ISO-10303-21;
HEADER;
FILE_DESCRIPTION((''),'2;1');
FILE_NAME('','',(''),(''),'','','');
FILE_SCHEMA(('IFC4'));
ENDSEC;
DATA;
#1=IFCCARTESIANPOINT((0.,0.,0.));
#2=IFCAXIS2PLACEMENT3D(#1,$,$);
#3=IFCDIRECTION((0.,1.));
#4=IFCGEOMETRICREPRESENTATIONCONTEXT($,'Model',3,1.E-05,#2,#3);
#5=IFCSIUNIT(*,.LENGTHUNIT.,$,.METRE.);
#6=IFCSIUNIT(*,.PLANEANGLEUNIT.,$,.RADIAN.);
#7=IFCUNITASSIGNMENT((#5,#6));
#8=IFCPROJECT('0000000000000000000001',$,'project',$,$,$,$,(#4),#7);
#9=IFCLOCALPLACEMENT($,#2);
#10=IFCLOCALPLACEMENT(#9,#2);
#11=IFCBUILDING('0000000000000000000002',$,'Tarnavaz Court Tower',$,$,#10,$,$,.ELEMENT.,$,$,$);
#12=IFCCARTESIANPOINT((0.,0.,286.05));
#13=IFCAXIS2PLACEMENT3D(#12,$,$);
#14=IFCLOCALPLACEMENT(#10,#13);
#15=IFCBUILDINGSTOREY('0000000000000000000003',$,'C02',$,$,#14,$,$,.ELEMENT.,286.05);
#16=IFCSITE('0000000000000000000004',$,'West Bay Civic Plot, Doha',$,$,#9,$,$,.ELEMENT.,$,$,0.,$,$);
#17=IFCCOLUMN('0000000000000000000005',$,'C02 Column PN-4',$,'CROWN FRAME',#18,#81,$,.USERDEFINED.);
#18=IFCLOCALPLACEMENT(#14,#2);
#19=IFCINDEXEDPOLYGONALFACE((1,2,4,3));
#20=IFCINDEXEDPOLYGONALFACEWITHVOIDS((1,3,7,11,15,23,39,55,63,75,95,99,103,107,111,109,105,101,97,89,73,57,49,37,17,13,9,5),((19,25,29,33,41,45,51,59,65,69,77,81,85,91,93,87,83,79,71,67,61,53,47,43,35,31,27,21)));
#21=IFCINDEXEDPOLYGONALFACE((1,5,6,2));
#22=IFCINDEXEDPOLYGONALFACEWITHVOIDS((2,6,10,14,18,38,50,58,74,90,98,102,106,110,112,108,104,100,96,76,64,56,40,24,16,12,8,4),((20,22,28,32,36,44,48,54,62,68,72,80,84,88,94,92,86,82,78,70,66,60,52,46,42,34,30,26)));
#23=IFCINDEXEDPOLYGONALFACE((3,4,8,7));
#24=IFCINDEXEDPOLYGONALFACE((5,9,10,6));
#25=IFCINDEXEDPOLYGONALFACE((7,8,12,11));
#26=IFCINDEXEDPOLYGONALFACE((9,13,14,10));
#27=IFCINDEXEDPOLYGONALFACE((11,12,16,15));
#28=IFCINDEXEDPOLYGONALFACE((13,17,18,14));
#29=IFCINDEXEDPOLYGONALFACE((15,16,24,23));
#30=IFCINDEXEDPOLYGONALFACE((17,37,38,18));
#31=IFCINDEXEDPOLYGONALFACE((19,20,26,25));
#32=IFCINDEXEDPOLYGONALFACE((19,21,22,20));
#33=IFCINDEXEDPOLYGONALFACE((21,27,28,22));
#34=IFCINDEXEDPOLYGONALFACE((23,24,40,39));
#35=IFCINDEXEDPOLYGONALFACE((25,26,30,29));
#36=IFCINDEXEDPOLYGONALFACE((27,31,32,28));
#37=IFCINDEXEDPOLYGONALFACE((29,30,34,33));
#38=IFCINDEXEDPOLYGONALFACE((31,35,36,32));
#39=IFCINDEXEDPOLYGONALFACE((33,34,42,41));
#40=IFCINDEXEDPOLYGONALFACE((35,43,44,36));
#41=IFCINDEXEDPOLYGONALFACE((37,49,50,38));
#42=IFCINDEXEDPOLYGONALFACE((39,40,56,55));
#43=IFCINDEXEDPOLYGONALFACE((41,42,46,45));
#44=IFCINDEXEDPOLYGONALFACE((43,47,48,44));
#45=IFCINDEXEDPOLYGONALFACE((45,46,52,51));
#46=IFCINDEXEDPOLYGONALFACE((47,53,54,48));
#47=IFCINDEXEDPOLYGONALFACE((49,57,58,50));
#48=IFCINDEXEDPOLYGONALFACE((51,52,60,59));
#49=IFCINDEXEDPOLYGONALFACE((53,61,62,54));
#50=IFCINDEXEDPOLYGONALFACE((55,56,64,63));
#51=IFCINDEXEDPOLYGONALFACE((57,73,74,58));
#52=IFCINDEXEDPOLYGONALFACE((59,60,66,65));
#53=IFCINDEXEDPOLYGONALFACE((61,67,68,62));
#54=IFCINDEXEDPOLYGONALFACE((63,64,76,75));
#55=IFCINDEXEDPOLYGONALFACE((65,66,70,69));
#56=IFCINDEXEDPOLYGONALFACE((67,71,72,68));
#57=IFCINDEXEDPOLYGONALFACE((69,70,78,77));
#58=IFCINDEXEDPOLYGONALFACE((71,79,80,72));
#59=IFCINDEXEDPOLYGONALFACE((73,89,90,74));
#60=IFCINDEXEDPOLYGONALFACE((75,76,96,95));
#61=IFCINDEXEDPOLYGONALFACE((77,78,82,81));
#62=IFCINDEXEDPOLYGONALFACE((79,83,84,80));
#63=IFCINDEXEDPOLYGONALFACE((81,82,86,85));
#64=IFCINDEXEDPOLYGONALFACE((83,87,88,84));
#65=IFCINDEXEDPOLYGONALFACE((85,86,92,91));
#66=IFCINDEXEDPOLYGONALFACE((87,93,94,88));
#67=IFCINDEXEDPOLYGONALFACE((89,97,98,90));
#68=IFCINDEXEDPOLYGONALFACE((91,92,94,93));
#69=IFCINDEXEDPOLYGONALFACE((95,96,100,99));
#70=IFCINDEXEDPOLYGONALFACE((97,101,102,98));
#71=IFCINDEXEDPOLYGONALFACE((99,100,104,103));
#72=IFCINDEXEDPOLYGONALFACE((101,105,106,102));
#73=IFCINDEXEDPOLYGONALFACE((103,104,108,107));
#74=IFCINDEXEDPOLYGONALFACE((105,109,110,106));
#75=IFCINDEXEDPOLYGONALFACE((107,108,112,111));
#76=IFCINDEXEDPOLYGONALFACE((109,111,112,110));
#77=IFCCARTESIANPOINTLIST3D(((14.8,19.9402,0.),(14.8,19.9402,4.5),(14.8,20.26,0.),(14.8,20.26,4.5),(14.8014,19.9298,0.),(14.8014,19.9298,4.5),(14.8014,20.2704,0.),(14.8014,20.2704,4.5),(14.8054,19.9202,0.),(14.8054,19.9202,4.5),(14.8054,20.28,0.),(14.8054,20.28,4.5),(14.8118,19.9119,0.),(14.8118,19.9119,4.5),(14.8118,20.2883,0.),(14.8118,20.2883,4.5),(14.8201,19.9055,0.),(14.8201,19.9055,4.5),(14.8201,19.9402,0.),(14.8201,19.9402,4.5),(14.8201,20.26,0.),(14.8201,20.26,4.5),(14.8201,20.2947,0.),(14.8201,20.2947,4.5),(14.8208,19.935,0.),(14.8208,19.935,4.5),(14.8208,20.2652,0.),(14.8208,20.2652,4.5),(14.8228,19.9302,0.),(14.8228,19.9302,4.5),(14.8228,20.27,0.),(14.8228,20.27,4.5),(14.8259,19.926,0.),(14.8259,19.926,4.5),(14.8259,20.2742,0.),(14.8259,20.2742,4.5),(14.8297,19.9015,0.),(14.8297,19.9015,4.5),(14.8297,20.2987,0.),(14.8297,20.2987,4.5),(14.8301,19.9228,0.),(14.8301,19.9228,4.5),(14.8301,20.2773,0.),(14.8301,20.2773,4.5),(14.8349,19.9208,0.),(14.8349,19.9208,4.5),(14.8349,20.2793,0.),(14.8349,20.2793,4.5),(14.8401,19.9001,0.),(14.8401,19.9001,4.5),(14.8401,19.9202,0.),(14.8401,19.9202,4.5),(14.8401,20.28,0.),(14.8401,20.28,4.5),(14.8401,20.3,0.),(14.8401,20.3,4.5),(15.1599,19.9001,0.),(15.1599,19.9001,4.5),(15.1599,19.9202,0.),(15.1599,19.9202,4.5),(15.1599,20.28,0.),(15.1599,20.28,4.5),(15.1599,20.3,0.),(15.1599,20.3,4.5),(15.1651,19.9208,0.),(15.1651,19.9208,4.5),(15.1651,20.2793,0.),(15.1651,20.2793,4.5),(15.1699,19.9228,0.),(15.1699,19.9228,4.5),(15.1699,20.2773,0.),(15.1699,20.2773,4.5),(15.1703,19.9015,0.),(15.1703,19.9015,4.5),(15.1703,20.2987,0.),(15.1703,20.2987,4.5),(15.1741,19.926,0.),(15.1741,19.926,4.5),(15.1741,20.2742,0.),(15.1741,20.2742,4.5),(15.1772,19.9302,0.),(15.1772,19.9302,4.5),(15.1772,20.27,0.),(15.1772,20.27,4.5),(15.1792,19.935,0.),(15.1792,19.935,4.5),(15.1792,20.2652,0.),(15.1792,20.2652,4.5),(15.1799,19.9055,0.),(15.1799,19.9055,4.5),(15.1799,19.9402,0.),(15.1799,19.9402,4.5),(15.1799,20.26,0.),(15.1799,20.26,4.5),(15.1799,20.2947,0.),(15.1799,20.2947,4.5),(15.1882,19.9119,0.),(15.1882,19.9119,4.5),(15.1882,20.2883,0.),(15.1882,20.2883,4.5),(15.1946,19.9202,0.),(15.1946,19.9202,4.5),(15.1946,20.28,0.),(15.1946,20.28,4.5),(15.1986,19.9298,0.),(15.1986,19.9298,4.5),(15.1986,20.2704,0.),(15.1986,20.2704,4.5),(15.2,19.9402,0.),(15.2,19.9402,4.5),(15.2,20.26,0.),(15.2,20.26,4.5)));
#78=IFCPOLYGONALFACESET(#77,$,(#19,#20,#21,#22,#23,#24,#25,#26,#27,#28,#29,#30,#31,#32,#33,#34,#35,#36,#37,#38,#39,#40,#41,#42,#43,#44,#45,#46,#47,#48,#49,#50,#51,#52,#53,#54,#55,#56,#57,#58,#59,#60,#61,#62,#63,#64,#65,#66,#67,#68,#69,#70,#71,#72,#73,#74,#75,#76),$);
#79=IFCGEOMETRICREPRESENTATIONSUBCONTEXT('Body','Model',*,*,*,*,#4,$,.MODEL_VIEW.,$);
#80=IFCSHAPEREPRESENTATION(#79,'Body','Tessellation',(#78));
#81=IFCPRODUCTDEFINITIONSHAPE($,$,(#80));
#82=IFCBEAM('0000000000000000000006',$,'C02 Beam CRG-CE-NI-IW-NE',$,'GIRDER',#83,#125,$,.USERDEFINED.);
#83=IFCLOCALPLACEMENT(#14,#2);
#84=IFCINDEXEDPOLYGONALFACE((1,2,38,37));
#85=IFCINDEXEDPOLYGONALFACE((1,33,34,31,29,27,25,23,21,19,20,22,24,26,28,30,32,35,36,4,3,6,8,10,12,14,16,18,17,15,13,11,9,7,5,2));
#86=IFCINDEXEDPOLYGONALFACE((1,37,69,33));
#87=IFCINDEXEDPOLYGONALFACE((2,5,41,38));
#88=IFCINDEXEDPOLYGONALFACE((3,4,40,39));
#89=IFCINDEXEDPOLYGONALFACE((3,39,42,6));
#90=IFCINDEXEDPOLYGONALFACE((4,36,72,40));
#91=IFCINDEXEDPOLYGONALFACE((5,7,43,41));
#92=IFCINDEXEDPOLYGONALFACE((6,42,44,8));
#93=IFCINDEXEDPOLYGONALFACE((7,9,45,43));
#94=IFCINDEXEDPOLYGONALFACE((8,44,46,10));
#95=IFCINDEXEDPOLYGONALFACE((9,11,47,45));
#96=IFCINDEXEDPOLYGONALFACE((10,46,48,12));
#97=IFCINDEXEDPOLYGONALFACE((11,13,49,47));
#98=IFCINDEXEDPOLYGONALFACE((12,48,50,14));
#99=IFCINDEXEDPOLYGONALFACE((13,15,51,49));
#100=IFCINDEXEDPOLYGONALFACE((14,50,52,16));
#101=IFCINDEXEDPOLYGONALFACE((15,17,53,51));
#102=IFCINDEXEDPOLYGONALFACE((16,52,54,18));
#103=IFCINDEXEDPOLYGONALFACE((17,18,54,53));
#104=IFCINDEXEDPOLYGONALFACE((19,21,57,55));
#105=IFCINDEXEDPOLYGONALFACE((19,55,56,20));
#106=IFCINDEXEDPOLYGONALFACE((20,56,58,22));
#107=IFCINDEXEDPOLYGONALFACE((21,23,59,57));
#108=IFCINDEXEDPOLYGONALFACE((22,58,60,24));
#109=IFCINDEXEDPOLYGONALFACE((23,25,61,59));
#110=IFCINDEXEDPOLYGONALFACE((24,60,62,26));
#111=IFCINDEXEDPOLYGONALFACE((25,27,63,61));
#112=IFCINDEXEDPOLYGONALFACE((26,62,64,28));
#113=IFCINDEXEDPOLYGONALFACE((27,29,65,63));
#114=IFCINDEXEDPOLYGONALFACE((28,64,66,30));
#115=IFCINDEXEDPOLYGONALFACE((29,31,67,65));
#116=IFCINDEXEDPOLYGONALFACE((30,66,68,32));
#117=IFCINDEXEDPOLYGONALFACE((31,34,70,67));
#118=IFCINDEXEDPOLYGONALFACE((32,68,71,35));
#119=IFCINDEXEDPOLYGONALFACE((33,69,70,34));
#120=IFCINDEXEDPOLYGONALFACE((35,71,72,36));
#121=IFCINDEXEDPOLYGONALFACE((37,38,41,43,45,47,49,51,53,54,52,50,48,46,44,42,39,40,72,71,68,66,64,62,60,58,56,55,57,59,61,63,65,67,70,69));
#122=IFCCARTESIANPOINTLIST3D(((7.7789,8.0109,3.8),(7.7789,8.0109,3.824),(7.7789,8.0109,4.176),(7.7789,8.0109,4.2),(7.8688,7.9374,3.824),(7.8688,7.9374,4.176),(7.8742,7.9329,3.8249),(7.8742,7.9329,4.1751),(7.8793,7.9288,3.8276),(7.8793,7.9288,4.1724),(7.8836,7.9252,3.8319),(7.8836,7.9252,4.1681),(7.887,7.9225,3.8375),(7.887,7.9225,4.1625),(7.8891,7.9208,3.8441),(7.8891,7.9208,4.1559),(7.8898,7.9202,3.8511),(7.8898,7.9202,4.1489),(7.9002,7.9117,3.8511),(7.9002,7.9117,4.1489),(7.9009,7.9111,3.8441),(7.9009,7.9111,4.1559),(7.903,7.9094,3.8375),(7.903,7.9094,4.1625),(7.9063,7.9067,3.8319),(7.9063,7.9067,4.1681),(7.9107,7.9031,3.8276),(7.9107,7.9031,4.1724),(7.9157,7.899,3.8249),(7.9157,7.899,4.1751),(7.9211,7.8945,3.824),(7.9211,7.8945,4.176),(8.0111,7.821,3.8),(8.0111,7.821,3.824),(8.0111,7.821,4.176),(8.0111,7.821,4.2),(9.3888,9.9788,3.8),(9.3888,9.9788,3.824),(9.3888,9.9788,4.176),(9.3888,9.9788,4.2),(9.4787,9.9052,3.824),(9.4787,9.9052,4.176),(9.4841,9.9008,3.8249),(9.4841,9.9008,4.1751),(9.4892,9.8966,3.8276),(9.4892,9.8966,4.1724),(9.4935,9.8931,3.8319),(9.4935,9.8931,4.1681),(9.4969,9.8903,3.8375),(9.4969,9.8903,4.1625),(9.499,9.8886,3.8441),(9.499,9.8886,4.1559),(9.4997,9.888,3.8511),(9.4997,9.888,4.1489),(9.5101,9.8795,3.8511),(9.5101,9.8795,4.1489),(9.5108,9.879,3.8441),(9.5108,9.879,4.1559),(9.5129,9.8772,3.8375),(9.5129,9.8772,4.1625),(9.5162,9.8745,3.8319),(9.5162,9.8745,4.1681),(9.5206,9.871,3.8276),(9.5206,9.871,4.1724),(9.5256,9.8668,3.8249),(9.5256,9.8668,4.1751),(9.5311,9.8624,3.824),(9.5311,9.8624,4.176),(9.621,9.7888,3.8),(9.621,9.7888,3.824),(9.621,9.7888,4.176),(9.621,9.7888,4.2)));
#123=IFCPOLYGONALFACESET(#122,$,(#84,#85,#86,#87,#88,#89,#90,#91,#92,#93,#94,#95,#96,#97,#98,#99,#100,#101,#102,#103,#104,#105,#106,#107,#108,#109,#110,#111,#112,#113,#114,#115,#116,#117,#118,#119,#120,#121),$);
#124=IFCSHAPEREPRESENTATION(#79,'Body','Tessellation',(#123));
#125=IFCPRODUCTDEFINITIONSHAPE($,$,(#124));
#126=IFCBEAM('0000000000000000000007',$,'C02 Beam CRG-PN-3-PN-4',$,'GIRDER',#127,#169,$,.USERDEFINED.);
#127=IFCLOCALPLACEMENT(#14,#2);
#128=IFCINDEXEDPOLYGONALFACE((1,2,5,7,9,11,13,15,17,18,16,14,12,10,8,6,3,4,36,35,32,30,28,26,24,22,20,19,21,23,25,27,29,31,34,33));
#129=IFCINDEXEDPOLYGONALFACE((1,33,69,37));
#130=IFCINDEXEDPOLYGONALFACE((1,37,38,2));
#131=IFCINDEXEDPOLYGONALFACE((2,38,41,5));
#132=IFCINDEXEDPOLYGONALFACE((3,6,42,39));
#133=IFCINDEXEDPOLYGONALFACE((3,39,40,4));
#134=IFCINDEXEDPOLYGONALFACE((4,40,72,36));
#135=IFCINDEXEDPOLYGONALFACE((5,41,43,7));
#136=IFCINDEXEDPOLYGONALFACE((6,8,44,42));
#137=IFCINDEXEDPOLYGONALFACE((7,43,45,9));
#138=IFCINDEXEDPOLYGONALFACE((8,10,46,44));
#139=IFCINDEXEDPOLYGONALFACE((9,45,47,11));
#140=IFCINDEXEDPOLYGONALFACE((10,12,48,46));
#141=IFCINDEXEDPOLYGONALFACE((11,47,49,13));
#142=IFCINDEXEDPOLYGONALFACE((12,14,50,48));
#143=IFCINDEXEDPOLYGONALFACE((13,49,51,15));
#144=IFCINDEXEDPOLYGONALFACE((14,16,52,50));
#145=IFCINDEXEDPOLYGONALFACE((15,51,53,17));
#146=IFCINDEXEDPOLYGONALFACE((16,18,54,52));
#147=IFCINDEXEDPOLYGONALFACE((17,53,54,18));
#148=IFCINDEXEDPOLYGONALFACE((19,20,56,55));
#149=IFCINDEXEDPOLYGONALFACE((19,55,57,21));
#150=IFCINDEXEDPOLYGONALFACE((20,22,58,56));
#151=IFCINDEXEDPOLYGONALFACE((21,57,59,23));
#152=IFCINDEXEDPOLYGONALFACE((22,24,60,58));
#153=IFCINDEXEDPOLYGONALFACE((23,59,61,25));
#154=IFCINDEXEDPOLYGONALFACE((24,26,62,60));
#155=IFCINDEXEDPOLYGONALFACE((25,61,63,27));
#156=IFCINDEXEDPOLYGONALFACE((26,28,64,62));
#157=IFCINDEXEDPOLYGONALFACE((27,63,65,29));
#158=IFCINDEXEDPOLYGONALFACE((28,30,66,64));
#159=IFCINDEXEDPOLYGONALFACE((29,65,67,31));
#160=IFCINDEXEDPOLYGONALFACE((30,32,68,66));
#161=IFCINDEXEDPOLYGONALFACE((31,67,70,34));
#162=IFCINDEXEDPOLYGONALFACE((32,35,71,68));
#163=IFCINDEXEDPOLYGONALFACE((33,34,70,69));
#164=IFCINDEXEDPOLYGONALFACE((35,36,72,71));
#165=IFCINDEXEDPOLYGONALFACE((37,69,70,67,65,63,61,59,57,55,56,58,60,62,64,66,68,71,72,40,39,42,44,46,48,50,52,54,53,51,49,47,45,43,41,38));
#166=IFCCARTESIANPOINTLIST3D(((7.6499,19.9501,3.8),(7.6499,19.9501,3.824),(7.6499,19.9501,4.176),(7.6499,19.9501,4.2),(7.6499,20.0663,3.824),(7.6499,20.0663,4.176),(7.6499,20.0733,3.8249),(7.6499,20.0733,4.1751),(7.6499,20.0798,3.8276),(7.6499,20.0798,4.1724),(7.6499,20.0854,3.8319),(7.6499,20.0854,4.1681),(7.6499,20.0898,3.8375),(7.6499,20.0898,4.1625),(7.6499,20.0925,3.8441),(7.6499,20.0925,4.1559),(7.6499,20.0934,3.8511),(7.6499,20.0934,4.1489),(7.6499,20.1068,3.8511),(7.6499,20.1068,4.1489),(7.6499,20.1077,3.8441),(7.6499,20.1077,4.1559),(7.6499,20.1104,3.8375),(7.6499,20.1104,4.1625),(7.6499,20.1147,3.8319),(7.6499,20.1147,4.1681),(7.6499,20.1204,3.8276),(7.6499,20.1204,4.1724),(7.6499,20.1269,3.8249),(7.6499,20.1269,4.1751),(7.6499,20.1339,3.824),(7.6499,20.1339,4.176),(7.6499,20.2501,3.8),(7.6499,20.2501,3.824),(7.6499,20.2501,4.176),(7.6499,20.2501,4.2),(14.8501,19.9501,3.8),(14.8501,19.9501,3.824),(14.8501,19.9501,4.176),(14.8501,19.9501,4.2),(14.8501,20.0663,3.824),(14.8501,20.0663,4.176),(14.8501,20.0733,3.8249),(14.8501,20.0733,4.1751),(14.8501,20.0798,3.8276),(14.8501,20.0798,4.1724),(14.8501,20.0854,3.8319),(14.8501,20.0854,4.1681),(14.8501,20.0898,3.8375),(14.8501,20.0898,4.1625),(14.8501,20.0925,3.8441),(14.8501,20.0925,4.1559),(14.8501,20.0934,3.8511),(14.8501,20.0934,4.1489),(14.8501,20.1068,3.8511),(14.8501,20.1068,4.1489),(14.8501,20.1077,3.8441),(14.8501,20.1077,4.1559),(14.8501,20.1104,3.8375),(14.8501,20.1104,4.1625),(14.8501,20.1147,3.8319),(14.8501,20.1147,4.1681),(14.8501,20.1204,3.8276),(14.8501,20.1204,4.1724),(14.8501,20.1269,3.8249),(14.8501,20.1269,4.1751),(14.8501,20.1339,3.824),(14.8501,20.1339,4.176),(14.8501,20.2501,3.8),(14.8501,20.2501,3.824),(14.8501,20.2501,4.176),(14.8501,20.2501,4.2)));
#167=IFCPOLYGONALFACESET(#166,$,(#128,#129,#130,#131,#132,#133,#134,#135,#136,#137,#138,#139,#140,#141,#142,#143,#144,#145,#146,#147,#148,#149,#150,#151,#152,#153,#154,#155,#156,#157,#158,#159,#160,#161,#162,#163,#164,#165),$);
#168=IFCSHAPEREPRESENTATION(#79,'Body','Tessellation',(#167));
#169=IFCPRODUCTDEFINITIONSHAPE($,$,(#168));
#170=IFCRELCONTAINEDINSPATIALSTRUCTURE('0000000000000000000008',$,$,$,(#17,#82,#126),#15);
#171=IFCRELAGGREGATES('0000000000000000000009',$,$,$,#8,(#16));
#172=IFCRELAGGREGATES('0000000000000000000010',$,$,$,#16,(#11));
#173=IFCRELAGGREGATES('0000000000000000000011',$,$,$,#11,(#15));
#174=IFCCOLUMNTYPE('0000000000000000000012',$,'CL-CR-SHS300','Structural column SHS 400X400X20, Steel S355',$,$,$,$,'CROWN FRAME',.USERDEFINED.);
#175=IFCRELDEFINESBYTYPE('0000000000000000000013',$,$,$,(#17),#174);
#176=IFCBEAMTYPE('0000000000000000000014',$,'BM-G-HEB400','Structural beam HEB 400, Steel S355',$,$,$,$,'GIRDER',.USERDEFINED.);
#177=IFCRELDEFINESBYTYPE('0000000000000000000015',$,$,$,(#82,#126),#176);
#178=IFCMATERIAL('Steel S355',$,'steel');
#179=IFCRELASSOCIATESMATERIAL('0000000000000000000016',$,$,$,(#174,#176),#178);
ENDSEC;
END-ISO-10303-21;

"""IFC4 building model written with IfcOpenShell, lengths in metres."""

from ifc_helpers import new_model, si_unit, direction, frame, origin, origin_2d, place, context, subcontext, project, spatial, hollow_rectangle, i_section, extrude, material, material_profile, profile_set, type_object, element, save


model = new_model("IFC4")

# Units and contexts
model_context = context("Model", 3, precision=1e-05, world=origin(), true_north=direction((0.0, 1.0)))
body_context = subcontext(model_context, "Body", "Model", "MODEL_VIEW")
ifc_project = project(units=[si_unit("LENGTHUNIT", "METRE"), si_unit("PLANEANGLEUNIT", "RADIAN")], contexts=[model_context])

# Site, building, storey
site_placement = place(None, origin())
site = spatial("IfcSite", under=ifc_project, at=site_placement, Name="West Bay Civic Plot, Doha", CompositionType="ELEMENT", RefElevation=0.0)
building_placement = place(site_placement, origin())
building = spatial("IfcBuilding", under=site, at=building_placement, Name="Tarnavaz Court Tower", CompositionType="ELEMENT")
storey_placement = place(building_placement, frame((0.0, 0.0, 286.05)))
storey = spatial("IfcBuildingStorey", under=building, at=storey_placement, Name="C02", CompositionType="ELEMENT", Elevation=286.05)

# Column
ifc_material_1 = material(Name="Steel S355", Category="steel")
ifc_material_profile_1 = material_profile(ifc_material_1, hollow_rectangle(XDim=0.3999, YDim=0.3999, WallThickness=0.02, InnerFilletRadius=0.02, OuterFilletRadius=0.04, at=origin_2d()), Name="SHS 400X400X20")
ifc_profile_set_1 = profile_set([ifc_material_profile_1], Name="Steel S355")
column_type = type_object("IfcColumnType", Name="CL-CR-SHS300", Description="Structural column SHS 400X400X20, Steel S355", ElementType="CROWN FRAME", PredefinedType="USERDEFINED", material=ifc_profile_set_1)
for number, where, z_axis, x_axis, name in (
    (1, (15.0, 20.1001, 0.0), (0.0, 0.0, 1.0), (1.0, 0.0, 0.0), "C02 Column PN-4"),
):
    element("IfcColumn", number, at=place(storey_placement, frame(where, z_axis=z_axis, x_axis=x_axis)), inside=storey, type_object=column_type, Name=name, ObjectType="CROWN FRAME", PredefinedType="USERDEFINED", context=body_context, shape_type="SweptSolid", body=[
        extrude(hollow_rectangle(XDim=0.3999, YDim=0.3999, WallThickness=0.02, InnerFilletRadius=0.02, OuterFilletRadius=0.04, at=origin_2d()), origin(), (0.0, 0.0, 1.0), 4.5),
    ])

# Beams
ifc_material_profile_2 = material_profile(ifc_material_1, i_section(OverallWidth=0.3, OverallDepth=0.3999, WebThickness=0.0134, FlangeThickness=0.0239, FilletRadius=0.0271, at=origin_2d()), Name="HEB 400")
ifc_profile_set_2 = profile_set([ifc_material_profile_2], Name="Steel S355")
beam_type = type_object("IfcBeamType", Name="BM-G-HEB400", Description="Structural beam HEB 400, Steel S355", ElementType="GIRDER", PredefinedType="USERDEFINED", material=ifc_profile_set_2)
beam_1_placement = place(storey_placement, frame((9.5049, 9.8838, 4.0), z_axis=(-0.633206, -0.773983, 0.0), x_axis=(0.773983, -0.633206, 0.0)))
element("IfcBeam", 2, at=beam_1_placement, inside=storey, type_object=beam_type, Name="C02 Beam CRG-CE-NI-IW-NE", ObjectType="GIRDER", PredefinedType="USERDEFINED", context=body_context, shape_type="SweptSolid", body=[
    extrude(i_section(OverallWidth=0.3, OverallDepth=0.3999, WebThickness=0.0134, FlangeThickness=0.0239, FilletRadius=0.0271, at=origin_2d()), origin(), (0.0, 0.0, 1.0), 2.5425),
])
beam_2_placement = place(storey_placement, frame((7.6499, 20.1001, 4.0), z_axis=(1.0, 0.0, 0.0), x_axis=(0.0, 1.0, 0.0)))
element("IfcBeam", 3, at=beam_2_placement, inside=storey, type_object=beam_type, Name="C02 Beam CRG-PN-3-PN-4", ObjectType="GIRDER", PredefinedType="USERDEFINED", context=body_context, shape_type="SweptSolid", body=[
    extrude(i_section(OverallWidth=0.3, OverallDepth=0.3999, WebThickness=0.0134, FlangeThickness=0.0239, FilletRadius=0.0271, at=origin_2d()), origin(), (0.0, 0.0, 1.0), 7.2002),
])

save(model, "model.ifc")
